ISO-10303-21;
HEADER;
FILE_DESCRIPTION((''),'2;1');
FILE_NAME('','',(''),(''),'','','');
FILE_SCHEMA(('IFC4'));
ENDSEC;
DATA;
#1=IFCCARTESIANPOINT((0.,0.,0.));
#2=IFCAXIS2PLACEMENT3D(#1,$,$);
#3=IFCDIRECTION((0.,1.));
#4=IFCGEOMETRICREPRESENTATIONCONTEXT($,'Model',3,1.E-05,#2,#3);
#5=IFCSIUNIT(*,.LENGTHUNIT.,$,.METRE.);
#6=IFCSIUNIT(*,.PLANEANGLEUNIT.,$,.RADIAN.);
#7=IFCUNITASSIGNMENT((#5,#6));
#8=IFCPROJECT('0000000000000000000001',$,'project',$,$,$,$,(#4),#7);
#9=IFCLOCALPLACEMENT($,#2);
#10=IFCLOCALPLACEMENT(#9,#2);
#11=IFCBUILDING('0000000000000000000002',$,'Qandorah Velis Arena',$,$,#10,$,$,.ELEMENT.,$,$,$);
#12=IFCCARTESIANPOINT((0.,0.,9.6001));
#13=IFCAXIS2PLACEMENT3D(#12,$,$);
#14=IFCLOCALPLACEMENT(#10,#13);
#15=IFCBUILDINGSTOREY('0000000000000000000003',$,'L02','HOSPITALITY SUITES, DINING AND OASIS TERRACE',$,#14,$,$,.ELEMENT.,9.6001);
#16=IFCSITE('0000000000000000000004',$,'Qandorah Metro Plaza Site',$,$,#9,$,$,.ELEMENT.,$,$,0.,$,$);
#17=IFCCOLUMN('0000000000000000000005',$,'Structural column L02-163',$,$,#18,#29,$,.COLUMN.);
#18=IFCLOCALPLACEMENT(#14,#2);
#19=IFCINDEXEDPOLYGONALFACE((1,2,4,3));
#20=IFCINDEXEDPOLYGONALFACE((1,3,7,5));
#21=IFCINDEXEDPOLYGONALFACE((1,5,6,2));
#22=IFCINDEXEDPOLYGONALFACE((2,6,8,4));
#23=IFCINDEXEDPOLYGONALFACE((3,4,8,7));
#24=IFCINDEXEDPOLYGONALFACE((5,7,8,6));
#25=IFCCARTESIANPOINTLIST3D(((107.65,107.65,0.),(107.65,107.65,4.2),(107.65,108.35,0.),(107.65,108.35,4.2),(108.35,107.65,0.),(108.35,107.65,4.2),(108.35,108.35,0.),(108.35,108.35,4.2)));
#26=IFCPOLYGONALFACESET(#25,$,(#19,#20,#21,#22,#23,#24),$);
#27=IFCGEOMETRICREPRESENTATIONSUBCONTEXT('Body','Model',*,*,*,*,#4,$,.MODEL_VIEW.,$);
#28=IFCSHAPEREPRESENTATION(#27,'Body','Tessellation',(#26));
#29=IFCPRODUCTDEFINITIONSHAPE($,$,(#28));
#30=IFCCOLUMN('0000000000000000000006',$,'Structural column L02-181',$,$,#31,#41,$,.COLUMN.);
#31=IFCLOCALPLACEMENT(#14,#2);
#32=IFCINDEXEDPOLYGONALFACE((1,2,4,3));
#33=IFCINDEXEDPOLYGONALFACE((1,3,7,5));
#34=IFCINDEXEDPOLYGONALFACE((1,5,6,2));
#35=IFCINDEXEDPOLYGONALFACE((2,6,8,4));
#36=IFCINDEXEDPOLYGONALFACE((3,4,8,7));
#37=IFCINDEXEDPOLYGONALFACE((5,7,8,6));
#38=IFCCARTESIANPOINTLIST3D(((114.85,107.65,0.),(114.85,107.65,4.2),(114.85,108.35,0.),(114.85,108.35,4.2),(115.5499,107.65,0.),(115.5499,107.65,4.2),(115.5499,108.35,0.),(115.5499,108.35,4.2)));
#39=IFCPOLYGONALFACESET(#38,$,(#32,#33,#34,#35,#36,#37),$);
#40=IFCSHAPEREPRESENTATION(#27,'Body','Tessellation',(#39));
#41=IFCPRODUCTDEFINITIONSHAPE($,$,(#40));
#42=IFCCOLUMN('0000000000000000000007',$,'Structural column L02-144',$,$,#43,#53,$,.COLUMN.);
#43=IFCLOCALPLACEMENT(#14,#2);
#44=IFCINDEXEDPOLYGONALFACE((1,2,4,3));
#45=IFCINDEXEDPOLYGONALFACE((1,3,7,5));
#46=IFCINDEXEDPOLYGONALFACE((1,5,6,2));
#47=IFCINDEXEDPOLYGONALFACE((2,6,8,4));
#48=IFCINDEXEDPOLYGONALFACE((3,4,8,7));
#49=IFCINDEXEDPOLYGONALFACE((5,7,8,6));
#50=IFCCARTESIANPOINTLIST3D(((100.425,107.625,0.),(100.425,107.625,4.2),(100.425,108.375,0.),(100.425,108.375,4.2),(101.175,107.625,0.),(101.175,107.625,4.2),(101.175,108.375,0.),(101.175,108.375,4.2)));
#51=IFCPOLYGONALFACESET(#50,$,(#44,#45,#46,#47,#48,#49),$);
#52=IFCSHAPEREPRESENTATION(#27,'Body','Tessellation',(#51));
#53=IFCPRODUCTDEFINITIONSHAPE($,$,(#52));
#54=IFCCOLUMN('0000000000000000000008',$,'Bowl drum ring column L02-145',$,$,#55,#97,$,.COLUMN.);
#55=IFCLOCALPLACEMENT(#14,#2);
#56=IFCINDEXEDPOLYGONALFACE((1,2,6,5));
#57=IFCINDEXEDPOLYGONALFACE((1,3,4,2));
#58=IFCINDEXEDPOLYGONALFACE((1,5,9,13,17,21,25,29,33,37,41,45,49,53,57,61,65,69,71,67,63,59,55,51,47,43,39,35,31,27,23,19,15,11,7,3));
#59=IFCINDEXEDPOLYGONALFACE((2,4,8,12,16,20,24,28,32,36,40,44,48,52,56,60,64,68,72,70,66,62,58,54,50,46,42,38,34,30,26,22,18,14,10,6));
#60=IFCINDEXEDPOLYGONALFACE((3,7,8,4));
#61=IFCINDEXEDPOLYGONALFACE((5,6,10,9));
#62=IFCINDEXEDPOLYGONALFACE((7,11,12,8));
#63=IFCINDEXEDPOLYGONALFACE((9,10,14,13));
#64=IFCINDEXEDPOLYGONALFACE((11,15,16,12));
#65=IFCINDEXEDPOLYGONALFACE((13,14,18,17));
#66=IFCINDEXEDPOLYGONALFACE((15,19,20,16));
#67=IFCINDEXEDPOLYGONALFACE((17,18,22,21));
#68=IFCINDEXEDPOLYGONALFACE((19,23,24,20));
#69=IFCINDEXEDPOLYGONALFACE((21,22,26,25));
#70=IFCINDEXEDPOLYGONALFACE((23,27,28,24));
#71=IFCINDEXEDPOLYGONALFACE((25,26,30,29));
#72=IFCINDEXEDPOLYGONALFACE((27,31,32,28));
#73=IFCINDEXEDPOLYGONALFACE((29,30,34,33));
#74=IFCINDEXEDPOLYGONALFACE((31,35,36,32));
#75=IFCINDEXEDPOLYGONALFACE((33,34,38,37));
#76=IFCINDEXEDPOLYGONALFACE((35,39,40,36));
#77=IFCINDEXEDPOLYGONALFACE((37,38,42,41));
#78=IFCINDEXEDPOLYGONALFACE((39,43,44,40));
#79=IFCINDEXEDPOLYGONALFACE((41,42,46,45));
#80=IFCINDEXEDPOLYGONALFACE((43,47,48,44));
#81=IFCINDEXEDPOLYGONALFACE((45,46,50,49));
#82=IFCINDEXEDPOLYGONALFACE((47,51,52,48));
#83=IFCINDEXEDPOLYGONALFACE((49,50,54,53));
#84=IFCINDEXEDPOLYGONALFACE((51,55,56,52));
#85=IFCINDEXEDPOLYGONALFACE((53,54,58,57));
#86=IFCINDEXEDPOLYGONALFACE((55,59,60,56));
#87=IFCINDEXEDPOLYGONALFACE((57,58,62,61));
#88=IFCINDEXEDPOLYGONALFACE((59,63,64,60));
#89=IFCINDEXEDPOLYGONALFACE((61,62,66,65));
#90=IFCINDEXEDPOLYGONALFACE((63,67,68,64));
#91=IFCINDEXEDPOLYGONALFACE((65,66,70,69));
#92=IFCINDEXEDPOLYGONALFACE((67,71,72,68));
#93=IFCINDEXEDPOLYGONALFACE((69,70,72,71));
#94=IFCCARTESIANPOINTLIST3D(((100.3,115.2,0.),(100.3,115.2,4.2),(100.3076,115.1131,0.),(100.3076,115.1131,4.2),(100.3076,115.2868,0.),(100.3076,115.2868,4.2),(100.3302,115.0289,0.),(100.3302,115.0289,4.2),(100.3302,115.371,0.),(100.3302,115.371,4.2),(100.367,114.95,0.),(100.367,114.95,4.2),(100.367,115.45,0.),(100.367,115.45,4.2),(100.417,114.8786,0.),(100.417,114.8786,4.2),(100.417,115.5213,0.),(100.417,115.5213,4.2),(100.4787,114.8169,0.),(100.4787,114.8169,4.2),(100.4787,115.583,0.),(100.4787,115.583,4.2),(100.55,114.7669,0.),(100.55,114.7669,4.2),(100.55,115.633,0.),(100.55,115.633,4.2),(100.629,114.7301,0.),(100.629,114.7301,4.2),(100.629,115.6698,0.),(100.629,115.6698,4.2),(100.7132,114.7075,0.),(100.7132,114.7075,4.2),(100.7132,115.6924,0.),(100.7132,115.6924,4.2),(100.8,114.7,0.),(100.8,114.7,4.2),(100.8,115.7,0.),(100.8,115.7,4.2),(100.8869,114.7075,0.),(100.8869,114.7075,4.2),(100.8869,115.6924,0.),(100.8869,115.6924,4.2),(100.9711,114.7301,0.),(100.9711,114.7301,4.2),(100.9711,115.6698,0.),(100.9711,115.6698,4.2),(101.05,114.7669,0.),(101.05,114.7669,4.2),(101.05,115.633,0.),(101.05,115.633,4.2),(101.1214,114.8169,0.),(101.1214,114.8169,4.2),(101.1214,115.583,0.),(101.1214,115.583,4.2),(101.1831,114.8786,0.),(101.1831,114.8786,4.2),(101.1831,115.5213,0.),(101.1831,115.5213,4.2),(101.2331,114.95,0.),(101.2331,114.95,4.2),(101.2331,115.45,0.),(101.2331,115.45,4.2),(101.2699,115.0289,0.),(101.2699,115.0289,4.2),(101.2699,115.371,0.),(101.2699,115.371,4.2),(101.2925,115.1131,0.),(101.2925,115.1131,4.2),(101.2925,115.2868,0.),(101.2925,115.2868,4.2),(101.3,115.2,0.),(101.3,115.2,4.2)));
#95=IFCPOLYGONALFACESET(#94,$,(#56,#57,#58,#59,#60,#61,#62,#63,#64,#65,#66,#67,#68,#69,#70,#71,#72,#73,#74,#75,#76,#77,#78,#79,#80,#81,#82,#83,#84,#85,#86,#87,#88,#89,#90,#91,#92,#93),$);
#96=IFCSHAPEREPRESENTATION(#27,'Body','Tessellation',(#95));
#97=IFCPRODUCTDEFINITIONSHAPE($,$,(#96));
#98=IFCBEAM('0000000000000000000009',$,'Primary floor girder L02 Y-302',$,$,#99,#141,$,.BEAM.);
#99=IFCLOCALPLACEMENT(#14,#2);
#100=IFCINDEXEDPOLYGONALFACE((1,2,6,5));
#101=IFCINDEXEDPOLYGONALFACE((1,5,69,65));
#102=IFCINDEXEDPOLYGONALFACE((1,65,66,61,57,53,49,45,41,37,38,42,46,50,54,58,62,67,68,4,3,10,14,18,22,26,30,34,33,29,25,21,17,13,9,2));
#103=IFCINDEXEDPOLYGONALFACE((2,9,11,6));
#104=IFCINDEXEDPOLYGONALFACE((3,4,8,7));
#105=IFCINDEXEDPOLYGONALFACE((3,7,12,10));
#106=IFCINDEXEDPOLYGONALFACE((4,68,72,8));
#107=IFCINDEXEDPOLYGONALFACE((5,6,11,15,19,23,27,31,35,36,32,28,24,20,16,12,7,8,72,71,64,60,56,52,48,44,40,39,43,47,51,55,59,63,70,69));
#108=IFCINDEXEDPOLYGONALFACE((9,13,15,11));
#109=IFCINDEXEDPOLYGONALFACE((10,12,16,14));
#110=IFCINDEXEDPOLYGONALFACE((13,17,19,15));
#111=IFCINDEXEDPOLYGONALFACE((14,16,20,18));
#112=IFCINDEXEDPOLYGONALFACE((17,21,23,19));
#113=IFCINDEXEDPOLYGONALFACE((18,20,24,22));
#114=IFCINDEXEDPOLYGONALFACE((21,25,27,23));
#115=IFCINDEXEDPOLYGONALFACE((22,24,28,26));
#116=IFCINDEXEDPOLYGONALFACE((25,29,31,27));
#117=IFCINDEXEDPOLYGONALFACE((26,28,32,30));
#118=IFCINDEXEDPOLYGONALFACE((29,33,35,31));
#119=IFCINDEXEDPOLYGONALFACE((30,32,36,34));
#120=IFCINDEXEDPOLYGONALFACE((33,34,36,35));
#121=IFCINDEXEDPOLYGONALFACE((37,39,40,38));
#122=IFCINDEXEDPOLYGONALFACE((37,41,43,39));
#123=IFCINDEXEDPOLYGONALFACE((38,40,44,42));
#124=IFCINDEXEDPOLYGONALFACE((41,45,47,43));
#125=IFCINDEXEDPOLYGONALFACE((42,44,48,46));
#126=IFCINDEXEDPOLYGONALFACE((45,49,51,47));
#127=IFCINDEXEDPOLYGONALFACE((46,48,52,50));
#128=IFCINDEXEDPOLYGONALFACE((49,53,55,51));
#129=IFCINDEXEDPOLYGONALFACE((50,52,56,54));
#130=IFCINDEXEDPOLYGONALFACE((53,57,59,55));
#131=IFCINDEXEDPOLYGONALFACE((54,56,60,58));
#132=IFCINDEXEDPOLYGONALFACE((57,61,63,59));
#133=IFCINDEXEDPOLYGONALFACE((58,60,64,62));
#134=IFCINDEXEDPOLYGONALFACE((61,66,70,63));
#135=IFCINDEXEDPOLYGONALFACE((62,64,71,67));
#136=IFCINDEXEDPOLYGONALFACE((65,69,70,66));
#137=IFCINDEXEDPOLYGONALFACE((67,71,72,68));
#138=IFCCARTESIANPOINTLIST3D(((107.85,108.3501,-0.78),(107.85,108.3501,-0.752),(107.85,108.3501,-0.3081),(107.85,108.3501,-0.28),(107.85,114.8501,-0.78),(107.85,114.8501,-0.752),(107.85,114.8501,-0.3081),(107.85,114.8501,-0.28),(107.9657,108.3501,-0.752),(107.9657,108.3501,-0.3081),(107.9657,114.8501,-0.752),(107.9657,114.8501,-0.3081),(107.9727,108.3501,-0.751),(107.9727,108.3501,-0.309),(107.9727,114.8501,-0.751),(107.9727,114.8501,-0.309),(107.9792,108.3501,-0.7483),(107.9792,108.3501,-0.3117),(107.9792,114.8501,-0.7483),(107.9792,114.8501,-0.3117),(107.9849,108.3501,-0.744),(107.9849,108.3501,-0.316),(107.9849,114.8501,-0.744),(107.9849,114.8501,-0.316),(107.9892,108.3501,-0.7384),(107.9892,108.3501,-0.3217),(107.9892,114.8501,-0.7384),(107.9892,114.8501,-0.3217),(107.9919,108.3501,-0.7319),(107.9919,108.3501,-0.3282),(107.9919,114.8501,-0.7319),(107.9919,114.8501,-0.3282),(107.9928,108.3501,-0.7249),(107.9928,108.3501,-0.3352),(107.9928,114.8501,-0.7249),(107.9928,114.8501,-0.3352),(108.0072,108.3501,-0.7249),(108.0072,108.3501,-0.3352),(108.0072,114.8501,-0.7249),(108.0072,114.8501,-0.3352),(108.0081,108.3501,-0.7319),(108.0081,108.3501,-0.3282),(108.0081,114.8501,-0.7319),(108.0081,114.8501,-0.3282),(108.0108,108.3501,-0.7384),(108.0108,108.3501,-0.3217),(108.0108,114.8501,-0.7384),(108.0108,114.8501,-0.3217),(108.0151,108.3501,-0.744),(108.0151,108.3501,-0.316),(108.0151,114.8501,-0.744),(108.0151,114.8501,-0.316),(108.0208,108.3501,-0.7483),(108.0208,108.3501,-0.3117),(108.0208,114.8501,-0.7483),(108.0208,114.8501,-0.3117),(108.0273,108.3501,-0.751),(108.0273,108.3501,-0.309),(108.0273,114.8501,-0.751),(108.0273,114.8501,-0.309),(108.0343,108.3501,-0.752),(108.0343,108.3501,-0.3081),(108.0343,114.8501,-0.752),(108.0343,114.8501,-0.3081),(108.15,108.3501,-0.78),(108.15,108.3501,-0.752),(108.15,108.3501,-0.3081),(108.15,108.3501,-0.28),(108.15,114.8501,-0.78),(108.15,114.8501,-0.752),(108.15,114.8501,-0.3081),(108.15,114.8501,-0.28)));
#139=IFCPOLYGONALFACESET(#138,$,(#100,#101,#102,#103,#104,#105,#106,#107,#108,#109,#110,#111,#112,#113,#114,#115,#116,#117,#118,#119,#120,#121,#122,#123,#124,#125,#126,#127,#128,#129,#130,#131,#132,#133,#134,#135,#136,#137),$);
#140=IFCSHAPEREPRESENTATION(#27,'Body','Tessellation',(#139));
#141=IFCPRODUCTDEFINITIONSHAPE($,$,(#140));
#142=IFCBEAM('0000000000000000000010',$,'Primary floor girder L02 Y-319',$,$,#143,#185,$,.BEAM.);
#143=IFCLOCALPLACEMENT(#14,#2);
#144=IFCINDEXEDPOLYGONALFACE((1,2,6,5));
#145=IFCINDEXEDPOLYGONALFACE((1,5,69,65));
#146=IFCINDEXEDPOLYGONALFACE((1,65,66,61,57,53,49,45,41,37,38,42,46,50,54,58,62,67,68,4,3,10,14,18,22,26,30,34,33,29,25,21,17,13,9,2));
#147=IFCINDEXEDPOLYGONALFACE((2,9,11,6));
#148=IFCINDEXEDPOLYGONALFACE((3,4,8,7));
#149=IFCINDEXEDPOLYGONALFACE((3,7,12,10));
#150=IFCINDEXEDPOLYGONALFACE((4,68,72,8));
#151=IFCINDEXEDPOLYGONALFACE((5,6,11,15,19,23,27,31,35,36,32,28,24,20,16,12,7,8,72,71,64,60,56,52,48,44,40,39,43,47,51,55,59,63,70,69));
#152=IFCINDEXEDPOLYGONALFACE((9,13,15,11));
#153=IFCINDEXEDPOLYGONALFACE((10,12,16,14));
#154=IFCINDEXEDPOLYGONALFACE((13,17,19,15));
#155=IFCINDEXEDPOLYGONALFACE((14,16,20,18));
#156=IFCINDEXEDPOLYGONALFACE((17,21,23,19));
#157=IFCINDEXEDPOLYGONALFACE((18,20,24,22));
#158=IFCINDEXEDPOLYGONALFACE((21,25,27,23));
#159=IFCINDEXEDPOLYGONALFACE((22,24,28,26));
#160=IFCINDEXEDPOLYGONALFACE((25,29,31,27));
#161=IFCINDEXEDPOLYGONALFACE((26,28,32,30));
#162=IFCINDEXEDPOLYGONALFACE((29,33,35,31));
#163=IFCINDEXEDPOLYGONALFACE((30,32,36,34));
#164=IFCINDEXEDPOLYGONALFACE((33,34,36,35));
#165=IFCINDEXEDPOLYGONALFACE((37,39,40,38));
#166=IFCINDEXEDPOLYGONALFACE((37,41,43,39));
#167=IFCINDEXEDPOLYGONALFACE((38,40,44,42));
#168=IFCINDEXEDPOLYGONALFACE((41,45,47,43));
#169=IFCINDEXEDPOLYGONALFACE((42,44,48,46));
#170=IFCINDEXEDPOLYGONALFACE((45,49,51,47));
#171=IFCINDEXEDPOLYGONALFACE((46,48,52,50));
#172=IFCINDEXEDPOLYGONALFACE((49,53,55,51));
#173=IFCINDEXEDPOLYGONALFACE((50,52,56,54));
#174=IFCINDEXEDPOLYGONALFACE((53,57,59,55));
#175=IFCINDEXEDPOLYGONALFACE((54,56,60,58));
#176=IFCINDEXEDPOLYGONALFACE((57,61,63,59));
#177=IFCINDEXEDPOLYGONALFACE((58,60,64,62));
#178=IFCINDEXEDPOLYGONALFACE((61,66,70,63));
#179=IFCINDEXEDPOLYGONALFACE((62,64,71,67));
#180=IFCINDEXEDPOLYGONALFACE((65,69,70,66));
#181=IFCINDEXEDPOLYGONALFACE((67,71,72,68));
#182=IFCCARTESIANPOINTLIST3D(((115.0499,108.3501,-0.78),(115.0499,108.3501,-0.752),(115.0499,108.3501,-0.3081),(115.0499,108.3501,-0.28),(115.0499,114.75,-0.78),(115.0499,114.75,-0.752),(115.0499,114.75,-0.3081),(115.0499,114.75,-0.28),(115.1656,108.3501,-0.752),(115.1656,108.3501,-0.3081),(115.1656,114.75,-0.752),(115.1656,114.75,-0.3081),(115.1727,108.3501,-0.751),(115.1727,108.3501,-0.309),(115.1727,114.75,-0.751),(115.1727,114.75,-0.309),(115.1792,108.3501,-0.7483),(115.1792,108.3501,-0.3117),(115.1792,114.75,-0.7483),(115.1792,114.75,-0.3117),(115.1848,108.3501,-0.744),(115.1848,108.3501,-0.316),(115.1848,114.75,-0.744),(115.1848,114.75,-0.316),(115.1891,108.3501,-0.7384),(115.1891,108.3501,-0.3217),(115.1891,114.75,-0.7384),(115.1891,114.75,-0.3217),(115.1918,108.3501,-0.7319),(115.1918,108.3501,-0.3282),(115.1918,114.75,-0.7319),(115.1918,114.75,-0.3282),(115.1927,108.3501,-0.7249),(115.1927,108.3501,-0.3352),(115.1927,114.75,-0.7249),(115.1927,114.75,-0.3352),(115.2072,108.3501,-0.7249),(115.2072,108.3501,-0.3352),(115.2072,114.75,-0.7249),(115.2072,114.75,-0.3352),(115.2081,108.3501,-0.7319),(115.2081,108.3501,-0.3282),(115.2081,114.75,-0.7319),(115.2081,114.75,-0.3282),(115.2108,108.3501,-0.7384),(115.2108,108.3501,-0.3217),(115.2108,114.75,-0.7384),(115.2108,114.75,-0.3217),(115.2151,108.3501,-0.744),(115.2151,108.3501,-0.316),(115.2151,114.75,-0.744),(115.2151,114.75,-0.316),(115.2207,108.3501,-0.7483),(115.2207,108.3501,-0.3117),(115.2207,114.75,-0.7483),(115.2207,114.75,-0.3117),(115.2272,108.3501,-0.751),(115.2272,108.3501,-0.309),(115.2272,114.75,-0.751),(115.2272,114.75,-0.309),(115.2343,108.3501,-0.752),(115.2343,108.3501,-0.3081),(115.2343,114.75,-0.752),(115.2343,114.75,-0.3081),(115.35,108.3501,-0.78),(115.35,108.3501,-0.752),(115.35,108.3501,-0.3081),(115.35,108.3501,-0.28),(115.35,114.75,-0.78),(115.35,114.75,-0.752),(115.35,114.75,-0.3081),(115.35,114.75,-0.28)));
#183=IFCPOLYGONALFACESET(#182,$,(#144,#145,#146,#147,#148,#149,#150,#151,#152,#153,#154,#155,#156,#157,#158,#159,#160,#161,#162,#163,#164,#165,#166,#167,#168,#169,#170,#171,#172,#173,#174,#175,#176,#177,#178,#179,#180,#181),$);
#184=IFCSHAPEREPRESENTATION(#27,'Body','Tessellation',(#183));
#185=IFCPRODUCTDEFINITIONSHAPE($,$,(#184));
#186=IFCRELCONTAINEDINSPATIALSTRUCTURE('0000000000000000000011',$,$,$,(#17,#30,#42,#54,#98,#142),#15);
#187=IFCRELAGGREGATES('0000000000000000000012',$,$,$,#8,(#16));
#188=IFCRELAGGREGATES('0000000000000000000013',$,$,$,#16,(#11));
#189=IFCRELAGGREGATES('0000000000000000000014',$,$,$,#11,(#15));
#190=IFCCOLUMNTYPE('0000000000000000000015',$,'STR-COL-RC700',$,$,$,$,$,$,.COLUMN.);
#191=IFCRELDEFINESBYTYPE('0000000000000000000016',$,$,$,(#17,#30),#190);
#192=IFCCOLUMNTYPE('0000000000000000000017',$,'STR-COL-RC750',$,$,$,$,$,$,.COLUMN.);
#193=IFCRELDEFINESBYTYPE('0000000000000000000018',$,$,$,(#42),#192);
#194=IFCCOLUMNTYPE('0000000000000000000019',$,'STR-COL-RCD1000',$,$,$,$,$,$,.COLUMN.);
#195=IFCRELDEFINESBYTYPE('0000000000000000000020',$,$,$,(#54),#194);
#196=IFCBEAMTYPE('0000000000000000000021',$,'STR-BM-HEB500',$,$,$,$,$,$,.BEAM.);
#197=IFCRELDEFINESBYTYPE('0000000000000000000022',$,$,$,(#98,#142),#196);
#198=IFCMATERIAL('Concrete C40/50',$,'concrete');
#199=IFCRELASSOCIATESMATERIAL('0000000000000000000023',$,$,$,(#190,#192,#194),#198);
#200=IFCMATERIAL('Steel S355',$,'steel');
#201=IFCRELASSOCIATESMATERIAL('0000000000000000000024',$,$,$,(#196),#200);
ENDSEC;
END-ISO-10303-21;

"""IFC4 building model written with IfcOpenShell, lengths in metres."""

from ifc_helpers import new_model, si_unit, direction, frame, origin, origin_2d, place, context, subcontext, project, spatial, rectangle, circle, i_section, extrude, material, material_profile, profile_set, type_object, element, save


model = new_model("IFC4")

# Units and contexts
model_context = context("Model", 3, precision=1e-05, world=origin(), true_north=direction((0.0, 1.0)))
body_context = subcontext(model_context, "Body", "Model", "MODEL_VIEW")
ifc_project = project(units=[si_unit("LENGTHUNIT", "METRE"), si_unit("PLANEANGLEUNIT", "RADIAN")], contexts=[model_context])

# Site, building, storey
site_placement = place(None, origin())
site = spatial("IfcSite", under=ifc_project, at=site_placement, Name="Qandorah Metro Plaza Site", CompositionType="ELEMENT", RefElevation=0.0)
building_placement = place(site_placement, origin())
building = spatial("IfcBuilding", under=site, at=building_placement, Name="Qandorah Velis Arena", CompositionType="ELEMENT")
storey_placement = place(building_placement, frame((0.0, 0.0, 9.6001)))
storey = spatial("IfcBuildingStorey", under=building, at=storey_placement, Name="L02", Description="HOSPITALITY SUITES, DINING AND OASIS TERRACE", CompositionType="ELEMENT", Elevation=9.6001)

# Columns
ifc_material_1 = material(Name="Concrete C40/50", Category="concrete")
ifc_material_profile_1 = material_profile(ifc_material_1, rectangle(XDim=0.7, YDim=0.7, at=origin_2d()), Name="RC COL 700x700")
ifc_profile_set_1 = profile_set([ifc_material_profile_1], Name="Concrete C40/50")
column_type_1 = type_object("IfcColumnType", Name="STR-COL-RC700", PredefinedType="COLUMN", material=ifc_profile_set_1)
for number, where, z_axis, x_axis, name in (
    (1, (108.0, 108.0, 0.0), (0.0, 0.0, 1.0), (1.0, 0.0, 0.0), "Structural column L02-163"),
    (2, (115.2, 108.0, 0.0), (0.0, 0.0, 1.0), (1.0, 0.0, 0.0), "Structural column L02-181"),
):
    element("IfcColumn", number, at=place(storey_placement, frame(where, z_axis=z_axis, x_axis=x_axis)), inside=storey, type_object=column_type_1, Name=name, PredefinedType="COLUMN", context=body_context, shape_type="SweptSolid", body=[
        extrude(rectangle(XDim=0.7, YDim=0.7, at=origin_2d()), origin(), (0.0, 0.0, 1.0), 4.2),
    ])
ifc_material_profile_2 = material_profile(ifc_material_1, rectangle(XDim=0.75, YDim=0.75, at=origin_2d()), Name="RC COL 750x750")
ifc_profile_set_2 = profile_set([ifc_material_profile_2], Name="Concrete C40/50")
column_type_2 = type_object("IfcColumnType", Name="STR-COL-RC750", PredefinedType="COLUMN", material=ifc_profile_set_2)
column_1_placement = place(storey_placement, frame((100.8, 108.0, 0.0), z_axis=(0.0, 0.0, 1.0), x_axis=(1.0, 0.0, 0.0)))
element("IfcColumn", 3, at=column_1_placement, inside=storey, type_object=column_type_2, Name="Structural column L02-144", PredefinedType="COLUMN", context=body_context, shape_type="SweptSolid", body=[
    extrude(rectangle(XDim=0.75, YDim=0.75, at=origin_2d()), origin(), (0.0, 0.0, 1.0), 4.2),
])
ifc_material_profile_3 = material_profile(ifc_material_1, circle(Radius=0.5, at=origin_2d()), Name="RC D1000")
ifc_profile_set_3 = profile_set([ifc_material_profile_3], Name="Concrete C40/50")
column_type_3 = type_object("IfcColumnType", Name="STR-COL-RCD1000", PredefinedType="COLUMN", material=ifc_profile_set_3)
column_2_placement = place(storey_placement, frame((100.8, 115.2, 0.0), z_axis=(0.0, 0.0, 1.0), x_axis=(1.0, 0.0, 0.0)))
element("IfcColumn", 4, at=column_2_placement, inside=storey, type_object=column_type_3, Name="Bowl drum ring column L02-145", PredefinedType="COLUMN", context=body_context, shape_type="SweptSolid", body=[
    extrude(circle(Radius=0.5, at=origin_2d()), origin(), (0.0, 0.0, 1.0), 4.2),
])

# Beams
ifc_material_2 = material(Name="Steel S355", Category="steel")
ifc_material_profile_4 = material_profile(ifc_material_2, i_section(OverallWidth=0.3, OverallDepth=0.5, WebThickness=0.0144, FlangeThickness=0.0281, FilletRadius=0.0271, at=origin_2d()), Name="HEB 500")
ifc_profile_set_4 = profile_set([ifc_material_profile_4], Name="Steel S355")
beam_type_1 = type_object("IfcBeamType", Name="STR-BM-HEB500", PredefinedType="BEAM", material=ifc_profile_set_4)
beam_1_placement = place(storey_placement, frame((108.0, 108.3501, -0.53), z_axis=(0.0, 1.0, 0.0), x_axis=(-1.0, 0.0, 0.0)))
element("IfcBeam", 5, at=beam_1_placement, inside=storey, type_object=beam_type_1, Name="Primary floor girder L02 Y-302", PredefinedType="BEAM", context=body_context, shape_type="SweptSolid", body=[
    extrude(i_section(OverallWidth=0.3, OverallDepth=0.5, WebThickness=0.0144, FlangeThickness=0.0281, FilletRadius=0.0271, at=origin_2d()), origin(), (0.0, 0.0, 1.0), 6.5),
])
beam_2_placement = place(storey_placement, frame((115.2, 108.3501, -0.53), z_axis=(0.0, 1.0, 0.0), x_axis=(-1.0, 0.0, 0.0)))
element("IfcBeam", 6, at=beam_2_placement, inside=storey, type_object=beam_type_1, Name="Primary floor girder L02 Y-319", PredefinedType="BEAM", context=body_context, shape_type="SweptSolid", body=[
    extrude(i_section(OverallWidth=0.3, OverallDepth=0.5, WebThickness=0.0144, FlangeThickness=0.0281, FilletRadius=0.0271, at=origin_2d()), origin(), (0.0, 0.0, 1.0), 6.3999),
])

save(model, "model.ifc")
